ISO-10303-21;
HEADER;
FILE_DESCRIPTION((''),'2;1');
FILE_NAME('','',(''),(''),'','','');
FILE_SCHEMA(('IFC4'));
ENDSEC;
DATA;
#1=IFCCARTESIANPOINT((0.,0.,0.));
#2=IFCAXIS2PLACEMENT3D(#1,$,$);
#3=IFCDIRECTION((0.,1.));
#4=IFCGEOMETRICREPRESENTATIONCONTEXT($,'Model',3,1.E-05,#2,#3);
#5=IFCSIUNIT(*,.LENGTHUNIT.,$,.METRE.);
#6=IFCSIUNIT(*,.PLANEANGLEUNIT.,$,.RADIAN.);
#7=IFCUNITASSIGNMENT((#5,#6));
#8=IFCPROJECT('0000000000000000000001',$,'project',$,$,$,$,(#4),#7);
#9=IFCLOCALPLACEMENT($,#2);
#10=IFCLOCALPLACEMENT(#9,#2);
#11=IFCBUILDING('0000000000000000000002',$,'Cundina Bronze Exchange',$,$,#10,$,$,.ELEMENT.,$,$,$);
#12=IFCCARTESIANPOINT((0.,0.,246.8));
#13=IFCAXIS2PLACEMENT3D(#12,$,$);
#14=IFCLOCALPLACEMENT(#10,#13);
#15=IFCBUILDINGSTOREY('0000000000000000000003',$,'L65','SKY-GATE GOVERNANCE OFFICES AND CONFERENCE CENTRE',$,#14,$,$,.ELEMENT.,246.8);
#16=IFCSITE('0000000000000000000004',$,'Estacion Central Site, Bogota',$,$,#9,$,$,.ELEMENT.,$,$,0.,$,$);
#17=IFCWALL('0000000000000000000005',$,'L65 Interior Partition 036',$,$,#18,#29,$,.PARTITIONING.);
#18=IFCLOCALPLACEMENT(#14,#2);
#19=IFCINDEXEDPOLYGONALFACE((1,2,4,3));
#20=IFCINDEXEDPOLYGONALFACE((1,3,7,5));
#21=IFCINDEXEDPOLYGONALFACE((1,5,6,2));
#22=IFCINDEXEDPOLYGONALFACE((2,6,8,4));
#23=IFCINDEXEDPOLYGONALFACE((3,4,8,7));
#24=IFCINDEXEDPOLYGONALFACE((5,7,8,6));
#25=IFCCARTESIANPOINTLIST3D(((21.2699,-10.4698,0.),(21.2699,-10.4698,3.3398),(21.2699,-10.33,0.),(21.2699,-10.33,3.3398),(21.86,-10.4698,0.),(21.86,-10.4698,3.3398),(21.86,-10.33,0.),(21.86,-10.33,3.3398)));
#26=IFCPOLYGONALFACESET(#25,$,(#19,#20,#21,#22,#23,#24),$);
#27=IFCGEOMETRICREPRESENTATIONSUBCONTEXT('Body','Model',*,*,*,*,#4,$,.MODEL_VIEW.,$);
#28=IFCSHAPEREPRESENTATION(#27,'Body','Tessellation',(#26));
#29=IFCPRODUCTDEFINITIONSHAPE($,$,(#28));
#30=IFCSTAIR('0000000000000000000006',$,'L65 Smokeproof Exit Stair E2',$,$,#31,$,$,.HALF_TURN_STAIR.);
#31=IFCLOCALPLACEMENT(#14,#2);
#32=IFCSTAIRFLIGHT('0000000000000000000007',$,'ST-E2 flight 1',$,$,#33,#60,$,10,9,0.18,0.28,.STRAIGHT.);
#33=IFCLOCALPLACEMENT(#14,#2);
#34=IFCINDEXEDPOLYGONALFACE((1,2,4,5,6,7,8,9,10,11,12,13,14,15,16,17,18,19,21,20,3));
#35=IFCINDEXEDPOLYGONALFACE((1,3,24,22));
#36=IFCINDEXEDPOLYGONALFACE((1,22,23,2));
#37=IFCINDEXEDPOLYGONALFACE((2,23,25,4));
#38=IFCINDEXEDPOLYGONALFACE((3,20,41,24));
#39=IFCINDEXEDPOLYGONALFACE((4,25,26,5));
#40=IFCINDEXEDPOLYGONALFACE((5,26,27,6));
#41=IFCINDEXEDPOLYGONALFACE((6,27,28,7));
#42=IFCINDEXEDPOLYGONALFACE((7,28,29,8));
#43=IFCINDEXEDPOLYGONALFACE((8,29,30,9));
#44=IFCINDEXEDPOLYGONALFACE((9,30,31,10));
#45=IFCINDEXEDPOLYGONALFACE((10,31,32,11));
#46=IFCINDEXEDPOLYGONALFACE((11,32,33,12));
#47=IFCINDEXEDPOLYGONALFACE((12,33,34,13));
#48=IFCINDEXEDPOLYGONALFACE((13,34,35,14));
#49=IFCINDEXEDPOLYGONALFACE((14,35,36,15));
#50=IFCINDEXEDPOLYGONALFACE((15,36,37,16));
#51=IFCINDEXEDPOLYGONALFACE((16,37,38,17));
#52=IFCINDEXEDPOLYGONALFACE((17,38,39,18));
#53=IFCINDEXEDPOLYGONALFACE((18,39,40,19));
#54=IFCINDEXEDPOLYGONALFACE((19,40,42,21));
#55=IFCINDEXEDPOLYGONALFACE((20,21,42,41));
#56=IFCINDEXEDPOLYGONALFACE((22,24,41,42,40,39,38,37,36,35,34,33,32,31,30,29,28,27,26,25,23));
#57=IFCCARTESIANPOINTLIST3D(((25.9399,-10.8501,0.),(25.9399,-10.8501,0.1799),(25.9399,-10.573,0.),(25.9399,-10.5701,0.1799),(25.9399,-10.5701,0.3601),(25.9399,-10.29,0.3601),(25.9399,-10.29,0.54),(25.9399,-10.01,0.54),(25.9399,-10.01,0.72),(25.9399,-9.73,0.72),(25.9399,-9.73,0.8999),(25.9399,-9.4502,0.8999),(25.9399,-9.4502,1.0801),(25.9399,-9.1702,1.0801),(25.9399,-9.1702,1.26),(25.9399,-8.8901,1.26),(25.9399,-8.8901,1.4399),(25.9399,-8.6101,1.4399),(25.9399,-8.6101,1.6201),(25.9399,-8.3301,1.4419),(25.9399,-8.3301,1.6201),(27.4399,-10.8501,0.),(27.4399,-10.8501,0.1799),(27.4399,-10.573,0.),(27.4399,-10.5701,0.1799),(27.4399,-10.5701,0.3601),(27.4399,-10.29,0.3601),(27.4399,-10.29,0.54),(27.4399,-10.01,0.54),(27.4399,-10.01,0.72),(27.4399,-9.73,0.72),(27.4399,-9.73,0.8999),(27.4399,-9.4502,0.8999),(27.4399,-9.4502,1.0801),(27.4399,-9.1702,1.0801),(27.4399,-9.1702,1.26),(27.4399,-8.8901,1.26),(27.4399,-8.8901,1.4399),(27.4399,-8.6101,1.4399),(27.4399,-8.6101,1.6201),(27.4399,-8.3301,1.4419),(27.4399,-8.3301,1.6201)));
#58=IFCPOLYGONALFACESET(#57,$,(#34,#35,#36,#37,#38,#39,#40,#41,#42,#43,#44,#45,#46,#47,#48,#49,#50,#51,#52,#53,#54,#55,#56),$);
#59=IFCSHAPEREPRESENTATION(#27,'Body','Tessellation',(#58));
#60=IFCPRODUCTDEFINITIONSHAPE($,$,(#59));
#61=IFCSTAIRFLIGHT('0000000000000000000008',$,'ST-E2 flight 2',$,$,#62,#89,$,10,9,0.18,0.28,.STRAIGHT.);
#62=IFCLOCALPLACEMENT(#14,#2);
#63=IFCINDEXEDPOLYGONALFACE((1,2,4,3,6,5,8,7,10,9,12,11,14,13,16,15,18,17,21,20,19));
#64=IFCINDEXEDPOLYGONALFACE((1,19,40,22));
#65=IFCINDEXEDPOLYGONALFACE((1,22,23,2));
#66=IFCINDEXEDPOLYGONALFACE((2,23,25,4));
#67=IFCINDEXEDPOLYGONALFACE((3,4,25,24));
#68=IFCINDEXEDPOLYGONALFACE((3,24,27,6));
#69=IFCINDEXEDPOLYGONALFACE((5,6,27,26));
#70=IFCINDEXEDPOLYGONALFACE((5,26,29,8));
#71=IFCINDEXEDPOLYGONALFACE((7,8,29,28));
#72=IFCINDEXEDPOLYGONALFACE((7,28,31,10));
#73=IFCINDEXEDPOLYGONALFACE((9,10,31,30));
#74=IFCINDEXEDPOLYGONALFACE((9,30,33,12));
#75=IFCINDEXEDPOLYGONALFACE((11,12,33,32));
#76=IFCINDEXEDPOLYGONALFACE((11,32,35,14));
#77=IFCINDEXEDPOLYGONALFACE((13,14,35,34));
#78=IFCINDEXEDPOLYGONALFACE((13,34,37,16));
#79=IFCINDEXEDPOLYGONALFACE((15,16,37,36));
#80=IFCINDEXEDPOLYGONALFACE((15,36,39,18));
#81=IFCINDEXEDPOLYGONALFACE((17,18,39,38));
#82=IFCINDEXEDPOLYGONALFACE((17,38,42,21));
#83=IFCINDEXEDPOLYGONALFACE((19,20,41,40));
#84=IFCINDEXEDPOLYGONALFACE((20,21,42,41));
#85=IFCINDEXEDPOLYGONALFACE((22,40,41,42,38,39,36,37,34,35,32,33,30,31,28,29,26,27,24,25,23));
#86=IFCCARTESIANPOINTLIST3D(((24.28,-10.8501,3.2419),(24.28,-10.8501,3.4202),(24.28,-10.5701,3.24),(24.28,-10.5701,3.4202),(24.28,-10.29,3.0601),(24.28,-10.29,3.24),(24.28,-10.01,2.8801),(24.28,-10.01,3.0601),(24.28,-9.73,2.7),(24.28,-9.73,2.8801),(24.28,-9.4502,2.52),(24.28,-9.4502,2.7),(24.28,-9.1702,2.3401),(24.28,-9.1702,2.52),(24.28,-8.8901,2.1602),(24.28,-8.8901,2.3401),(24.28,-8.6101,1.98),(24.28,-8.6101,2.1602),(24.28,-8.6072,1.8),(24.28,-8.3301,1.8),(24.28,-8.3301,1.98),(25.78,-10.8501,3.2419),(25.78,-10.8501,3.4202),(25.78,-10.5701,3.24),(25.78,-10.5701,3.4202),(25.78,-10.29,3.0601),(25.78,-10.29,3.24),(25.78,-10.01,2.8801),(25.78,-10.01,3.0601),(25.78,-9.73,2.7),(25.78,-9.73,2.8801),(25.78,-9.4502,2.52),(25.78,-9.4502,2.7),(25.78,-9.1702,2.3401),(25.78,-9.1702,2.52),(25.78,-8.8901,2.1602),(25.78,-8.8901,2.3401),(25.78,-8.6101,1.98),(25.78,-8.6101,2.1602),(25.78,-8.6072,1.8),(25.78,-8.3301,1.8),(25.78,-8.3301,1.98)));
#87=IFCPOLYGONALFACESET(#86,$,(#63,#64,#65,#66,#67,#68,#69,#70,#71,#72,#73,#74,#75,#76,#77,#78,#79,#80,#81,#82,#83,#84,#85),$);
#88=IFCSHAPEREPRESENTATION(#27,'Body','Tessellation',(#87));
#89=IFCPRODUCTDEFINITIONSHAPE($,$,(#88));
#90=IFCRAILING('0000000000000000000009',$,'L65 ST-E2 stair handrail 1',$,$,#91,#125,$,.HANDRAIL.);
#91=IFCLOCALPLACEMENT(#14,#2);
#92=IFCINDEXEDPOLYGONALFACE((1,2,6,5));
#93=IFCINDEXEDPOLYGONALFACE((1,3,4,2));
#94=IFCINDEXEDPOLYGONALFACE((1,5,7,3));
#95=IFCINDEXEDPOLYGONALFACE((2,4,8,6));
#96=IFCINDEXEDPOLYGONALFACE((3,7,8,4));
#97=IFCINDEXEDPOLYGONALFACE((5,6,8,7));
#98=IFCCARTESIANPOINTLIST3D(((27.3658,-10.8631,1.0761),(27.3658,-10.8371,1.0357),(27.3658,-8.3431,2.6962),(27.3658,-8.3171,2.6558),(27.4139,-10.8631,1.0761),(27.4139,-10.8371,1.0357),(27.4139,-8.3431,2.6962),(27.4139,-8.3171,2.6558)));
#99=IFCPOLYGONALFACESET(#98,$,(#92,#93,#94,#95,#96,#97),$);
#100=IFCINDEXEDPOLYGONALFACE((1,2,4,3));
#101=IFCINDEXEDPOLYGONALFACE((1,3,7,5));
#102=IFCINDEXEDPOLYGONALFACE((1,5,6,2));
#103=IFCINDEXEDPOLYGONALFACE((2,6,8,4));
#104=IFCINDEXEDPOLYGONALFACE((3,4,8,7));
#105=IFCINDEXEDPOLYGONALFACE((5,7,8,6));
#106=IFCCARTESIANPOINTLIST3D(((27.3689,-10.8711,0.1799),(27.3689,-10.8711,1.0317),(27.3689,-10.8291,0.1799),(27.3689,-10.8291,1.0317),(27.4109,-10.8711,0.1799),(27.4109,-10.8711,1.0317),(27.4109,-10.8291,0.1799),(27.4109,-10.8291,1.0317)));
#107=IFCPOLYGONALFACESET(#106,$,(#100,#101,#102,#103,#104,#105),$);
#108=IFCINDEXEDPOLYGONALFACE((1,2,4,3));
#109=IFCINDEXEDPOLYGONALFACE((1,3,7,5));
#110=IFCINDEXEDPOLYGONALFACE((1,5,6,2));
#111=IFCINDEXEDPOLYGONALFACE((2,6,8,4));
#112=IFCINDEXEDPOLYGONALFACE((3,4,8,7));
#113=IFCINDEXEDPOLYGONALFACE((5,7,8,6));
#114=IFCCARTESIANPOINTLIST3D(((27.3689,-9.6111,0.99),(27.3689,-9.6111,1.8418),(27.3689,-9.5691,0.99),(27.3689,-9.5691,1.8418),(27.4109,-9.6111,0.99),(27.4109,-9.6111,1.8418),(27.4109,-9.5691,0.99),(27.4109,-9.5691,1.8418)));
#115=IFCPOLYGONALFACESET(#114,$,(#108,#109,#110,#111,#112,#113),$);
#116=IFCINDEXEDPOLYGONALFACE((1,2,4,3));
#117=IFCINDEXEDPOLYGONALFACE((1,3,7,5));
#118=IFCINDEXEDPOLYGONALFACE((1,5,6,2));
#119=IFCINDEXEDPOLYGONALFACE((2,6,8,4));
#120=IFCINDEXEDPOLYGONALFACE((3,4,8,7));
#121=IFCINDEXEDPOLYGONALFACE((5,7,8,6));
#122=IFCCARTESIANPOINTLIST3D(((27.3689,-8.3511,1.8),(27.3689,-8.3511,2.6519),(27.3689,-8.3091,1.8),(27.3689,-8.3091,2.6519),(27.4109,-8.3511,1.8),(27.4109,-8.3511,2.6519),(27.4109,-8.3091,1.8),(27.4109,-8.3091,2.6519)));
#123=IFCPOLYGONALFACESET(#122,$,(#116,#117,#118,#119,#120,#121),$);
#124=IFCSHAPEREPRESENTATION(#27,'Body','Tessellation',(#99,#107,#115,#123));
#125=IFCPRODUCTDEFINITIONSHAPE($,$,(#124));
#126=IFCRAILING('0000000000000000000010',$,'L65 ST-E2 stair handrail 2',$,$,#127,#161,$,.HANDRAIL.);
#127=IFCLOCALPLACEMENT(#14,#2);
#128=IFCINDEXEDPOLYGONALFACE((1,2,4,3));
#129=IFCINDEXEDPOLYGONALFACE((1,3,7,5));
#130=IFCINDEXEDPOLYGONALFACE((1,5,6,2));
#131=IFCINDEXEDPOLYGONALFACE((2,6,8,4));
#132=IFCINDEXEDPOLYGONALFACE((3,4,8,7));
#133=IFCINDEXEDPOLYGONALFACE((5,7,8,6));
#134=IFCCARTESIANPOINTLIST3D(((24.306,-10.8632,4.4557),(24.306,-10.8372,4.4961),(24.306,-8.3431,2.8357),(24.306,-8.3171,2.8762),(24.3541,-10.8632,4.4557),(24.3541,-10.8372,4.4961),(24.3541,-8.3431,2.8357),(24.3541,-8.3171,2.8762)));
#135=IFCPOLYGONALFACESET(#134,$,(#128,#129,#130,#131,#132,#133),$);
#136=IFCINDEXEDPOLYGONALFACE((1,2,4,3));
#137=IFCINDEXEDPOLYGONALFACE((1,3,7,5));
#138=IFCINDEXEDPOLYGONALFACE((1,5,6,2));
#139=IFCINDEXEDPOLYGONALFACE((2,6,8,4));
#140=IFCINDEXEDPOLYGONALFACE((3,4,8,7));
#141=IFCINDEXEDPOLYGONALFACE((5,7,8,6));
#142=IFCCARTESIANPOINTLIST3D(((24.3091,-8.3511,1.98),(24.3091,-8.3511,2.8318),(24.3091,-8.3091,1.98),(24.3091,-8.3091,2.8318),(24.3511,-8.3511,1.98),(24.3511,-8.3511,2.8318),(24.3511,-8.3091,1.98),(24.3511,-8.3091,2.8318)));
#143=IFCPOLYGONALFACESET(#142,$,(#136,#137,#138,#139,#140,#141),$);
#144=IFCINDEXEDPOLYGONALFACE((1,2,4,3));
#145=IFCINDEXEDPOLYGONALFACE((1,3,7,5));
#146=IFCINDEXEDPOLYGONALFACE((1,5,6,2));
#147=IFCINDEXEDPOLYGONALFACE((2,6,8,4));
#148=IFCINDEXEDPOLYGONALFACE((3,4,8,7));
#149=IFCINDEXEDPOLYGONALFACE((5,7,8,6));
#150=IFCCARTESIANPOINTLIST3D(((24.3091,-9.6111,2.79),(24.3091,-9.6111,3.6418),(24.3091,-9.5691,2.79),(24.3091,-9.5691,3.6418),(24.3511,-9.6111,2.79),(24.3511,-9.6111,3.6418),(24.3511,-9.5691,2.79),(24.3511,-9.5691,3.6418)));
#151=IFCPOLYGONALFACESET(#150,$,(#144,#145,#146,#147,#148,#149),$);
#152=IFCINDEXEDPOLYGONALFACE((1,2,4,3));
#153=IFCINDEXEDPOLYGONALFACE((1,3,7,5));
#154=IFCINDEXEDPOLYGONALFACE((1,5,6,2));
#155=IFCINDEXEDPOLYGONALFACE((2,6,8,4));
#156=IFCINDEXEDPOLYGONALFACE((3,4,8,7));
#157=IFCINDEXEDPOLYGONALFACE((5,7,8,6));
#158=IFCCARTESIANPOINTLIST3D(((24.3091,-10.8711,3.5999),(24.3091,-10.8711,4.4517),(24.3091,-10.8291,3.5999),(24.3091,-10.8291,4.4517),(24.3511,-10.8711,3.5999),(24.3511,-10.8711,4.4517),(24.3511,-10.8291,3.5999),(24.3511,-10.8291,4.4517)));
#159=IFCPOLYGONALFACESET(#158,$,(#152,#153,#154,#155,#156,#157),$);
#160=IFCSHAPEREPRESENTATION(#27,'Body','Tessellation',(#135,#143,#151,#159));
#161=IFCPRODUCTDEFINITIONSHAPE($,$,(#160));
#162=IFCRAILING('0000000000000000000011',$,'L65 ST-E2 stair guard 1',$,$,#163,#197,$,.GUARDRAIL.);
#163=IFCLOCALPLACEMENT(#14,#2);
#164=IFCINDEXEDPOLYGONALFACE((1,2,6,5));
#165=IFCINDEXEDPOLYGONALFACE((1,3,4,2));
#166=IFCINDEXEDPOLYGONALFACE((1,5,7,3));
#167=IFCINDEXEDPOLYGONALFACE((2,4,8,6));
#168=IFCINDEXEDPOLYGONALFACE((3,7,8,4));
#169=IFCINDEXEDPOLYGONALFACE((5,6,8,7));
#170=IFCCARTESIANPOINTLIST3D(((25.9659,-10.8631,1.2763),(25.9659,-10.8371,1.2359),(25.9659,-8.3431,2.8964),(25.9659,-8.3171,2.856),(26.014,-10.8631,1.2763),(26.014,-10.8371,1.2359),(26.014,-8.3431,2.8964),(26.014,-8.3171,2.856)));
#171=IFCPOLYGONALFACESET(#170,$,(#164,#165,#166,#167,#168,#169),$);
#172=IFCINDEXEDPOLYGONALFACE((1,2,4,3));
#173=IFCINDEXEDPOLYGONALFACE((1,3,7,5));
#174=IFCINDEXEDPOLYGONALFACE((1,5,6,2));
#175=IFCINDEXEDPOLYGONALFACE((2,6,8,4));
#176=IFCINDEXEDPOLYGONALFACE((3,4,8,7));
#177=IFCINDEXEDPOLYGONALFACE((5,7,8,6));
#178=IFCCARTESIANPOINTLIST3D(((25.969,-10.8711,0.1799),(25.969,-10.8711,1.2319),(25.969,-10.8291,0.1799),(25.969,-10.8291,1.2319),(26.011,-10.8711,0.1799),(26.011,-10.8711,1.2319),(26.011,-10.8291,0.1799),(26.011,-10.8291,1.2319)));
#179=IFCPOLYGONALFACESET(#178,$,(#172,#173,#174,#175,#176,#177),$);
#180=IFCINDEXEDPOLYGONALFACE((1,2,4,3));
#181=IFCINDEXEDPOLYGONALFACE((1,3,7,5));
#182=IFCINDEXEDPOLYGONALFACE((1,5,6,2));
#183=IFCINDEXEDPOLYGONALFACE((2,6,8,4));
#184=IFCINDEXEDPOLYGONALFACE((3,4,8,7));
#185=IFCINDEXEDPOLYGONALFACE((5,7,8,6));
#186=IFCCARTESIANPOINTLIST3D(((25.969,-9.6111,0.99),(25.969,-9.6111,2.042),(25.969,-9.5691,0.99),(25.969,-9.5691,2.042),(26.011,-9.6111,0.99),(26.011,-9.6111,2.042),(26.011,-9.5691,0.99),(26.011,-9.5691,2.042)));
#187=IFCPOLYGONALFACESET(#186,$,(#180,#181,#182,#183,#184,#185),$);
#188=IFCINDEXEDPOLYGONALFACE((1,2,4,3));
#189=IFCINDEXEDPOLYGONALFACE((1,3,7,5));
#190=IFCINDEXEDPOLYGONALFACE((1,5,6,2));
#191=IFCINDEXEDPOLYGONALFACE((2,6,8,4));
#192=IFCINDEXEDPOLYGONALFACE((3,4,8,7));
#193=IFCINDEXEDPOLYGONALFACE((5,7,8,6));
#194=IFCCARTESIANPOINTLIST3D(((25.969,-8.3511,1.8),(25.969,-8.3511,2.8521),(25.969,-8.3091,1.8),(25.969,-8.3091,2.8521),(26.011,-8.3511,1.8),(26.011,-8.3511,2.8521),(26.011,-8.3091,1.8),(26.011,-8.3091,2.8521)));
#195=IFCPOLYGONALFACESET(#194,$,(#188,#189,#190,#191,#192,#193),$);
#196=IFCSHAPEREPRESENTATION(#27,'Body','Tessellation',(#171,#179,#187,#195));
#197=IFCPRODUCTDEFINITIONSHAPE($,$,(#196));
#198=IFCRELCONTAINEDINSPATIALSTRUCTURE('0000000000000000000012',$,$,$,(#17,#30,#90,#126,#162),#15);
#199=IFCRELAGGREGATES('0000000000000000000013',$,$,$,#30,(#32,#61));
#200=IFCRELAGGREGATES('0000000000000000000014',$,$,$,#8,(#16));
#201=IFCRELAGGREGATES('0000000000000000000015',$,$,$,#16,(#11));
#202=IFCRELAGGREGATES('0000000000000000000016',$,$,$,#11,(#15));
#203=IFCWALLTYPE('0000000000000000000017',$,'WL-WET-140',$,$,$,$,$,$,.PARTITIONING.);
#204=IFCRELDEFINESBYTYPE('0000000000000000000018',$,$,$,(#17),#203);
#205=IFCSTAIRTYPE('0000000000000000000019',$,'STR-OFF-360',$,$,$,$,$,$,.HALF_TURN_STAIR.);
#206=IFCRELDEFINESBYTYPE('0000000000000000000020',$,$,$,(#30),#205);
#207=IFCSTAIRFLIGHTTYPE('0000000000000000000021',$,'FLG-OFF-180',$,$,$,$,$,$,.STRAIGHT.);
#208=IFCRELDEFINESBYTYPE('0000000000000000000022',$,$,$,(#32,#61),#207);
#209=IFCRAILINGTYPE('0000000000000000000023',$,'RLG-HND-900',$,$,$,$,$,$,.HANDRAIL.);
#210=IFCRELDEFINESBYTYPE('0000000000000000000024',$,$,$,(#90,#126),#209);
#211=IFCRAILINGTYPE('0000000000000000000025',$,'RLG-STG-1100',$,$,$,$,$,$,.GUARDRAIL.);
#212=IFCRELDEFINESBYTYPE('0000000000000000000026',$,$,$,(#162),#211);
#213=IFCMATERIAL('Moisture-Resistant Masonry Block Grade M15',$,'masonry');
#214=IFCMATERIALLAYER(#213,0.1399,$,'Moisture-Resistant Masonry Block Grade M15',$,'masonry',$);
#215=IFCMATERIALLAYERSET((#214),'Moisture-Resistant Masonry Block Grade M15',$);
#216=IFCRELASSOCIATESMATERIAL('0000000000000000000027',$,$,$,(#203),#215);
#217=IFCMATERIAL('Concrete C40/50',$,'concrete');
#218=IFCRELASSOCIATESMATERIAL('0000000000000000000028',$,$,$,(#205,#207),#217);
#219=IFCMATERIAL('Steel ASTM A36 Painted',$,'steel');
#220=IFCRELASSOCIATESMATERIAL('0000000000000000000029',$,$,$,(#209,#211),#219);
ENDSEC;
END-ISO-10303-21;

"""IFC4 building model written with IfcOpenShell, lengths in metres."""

from ifc_helpers import new_model, si_unit, direction, frame, frame_2d, origin, origin_2d, place, context, subcontext, project, spatial, polyline, rectangle, outline, extrude, material, layer, layer_set, type_object, element, aggregate, save


model = new_model("IFC4")

# Units and contexts
model_context = context("Model", 3, precision=1e-05, world=origin(), true_north=direction((0.0, 1.0)))
body_context = subcontext(model_context, "Body", "Model", "MODEL_VIEW")
ifc_project = project(units=[si_unit("LENGTHUNIT", "METRE"), si_unit("PLANEANGLEUNIT", "RADIAN")], contexts=[model_context])

# Site, building, storey
site_placement = place(None, origin())
site = spatial("IfcSite", under=ifc_project, at=site_placement, Name="Estacion Central Site, Bogota", CompositionType="ELEMENT", RefElevation=0.0)
building_placement = place(site_placement, origin())
building = spatial("IfcBuilding", under=site, at=building_placement, Name="Cundina Bronze Exchange", CompositionType="ELEMENT")
storey_placement = place(building_placement, frame((0.0, 0.0, 246.8)))
storey = spatial("IfcBuildingStorey", under=building, at=storey_placement, Name="L65", Description="SKY-GATE GOVERNANCE OFFICES AND CONFERENCE CENTRE", CompositionType="ELEMENT", Elevation=246.8)

# Shared definitions
ifc_material_1 = material(Name="Steel ASTM A36 Painted", Category="steel")

# Wall
ifc_material_2 = material(Name="Moisture-Resistant Masonry Block Grade M15", Category="masonry")
ifc_layer_1 = layer(ifc_material_2, 0.1399, Name="Moisture-Resistant Masonry Block Grade M15", Category="masonry")
ifc_layer_set_1 = layer_set([ifc_layer_1], Name="Moisture-Resistant Masonry Block Grade M15")
wall_type_1 = type_object("IfcWallType", Name="WL-WET-140", PredefinedType="PARTITIONING", material=ifc_layer_set_1)
wall_1_placement = place(storey_placement, frame((21.27, -10.3999, 0.0), z_axis=(0.0, 0.0, 1.0), x_axis=(1.0, 0.0, 0.0)))
element("IfcWall", 1, at=wall_1_placement, inside=storey, type_object=wall_type_1, Name="L65 Interior Partition 036", PredefinedType="PARTITIONING", context=body_context, shape_type="SweptSolid", body=[
    extrude(rectangle(XDim=0.5901, YDim=0.1399, at=frame_2d((0.2949, 0.0))), origin(), (0.0, 0.0, 1.0), 3.3398),
])

# Stair, stair flights
ifc_material_3 = material(Name="Concrete C40/50", Category="concrete")
stair_type = type_object("IfcStairType", Name="STR-OFF-360", PredefinedType="HALF_TURN_STAIR", material=ifc_material_3)
stair_placement = place(storey_placement, origin())
stair = element("IfcStair", 2, at=stair_placement, inside=storey, type_object=stair_type, Name="L65 Smokeproof Exit Stair E2", PredefinedType="HALF_TURN_STAIR")
stair_flight_type = type_object("IfcStairFlightType", Name="FLG-OFF-180", PredefinedType="STRAIGHT", material=ifc_material_3)
stair_flight_1_placement = place(storey_placement, frame((26.6899, -10.8501, 0.0), z_axis=(0.0, 0.0, 1.0), x_axis=(0.0, 1.0, 0.0)))
stair_flight_1 = element("IfcStairFlight", 3, at=stair_flight_1_placement, type_object=stair_flight_type, Name="ST-E2 flight 1", NumberOfRisers=10, NumberOfTreads=9, PredefinedType="STRAIGHT", RiserHeight=0.18, TreadLength=0.28, context=body_context, shape_type="SweptSolid", body=[
    extrude(outline(polyline([(0.0, 0.0), (0.0, 0.1799), (0.28, 0.1799), (0.28, 0.3601), (0.5601, 0.3601), (0.5601, 0.54), (0.8401, 0.54), (0.8401, 0.72), (1.1201, 0.72), (1.1201, 0.8999), (1.3999, 0.8999), (1.3999, 1.0801), (1.6799, 1.0801), (1.6799, 1.26), (1.96, 1.26), (1.96, 1.4399), (2.24, 1.4399), (2.24, 1.6201), (2.52, 1.6201), (2.52, 1.8), (2.52, 1.4419), (0.2771, 0.0), (0.0, 0.0)])), frame((0.0, 0.75, 0.0), z_axis=(0.0, -1.0, 0.0), x_axis=(1.0, 0.0, 0.0)), (0.0, 0.0, 1.0), 1.5),
])
stair_flight_2_placement = place(storey_placement, frame((25.03, -8.3301, 1.8), z_axis=(0.0, 0.0, 1.0), x_axis=(0.0, -1.0, 0.0)))
stair_flight_2 = element("IfcStairFlight", 4, at=stair_flight_2_placement, type_object=stair_flight_type, Name="ST-E2 flight 2", NumberOfRisers=10, NumberOfTreads=9, PredefinedType="STRAIGHT", RiserHeight=0.18, TreadLength=0.28, context=body_context, shape_type="SweptSolid", body=[
    extrude(outline(polyline([(0.0, 0.0), (0.0, 0.1799), (0.28, 0.1799), (0.28, 0.3601), (0.5601, 0.3601), (0.5601, 0.54), (0.8401, 0.54), (0.8401, 0.72), (1.1201, 0.72), (1.1201, 0.8999), (1.3999, 0.8999), (1.3999, 1.0801), (1.6799, 1.0801), (1.6799, 1.26), (1.96, 1.26), (1.96, 1.4399), (2.24, 1.4399), (2.24, 1.6201), (2.52, 1.6201), (2.52, 1.8), (2.52, 1.4419), (0.2771, 0.0), (0.0, 0.0)])), frame((0.0, 0.75, 0.0), z_axis=(0.0, -1.0, 0.0), x_axis=(1.0, 0.0, 0.0)), (0.0, 0.0, 1.0), 1.5),
])
aggregate(stair, [stair_flight_1, stair_flight_2])

# Railings
railing_type_1 = type_object("IfcRailingType", Name="RLG-HND-900", PredefinedType="HANDRAIL", material=ifc_material_1)
railing_1_placement = place(storey_placement, frame((27.3899, -10.8501, 0.1799)))
element("IfcRailing", 5, at=railing_1_placement, inside=storey, type_object=railing_type_1, Name="L65 ST-E2 stair handrail 1", PredefinedType="HANDRAIL", context=body_context, shape_type="SweptSolid", body=[
    extrude(rectangle(XDim=0.0481, YDim=0.0481, at=origin_2d()), frame((0.0, 0.0, 0.876), z_axis=(0.0, 0.841163, 0.540782), x_axis=(-1.0, 0.0, 0.0)), (0.0, 0.0, 1.0), 2.9958),
    extrude(rectangle(XDim=0.042, YDim=0.042, at=origin_2d()), origin(), (0.0, 0.0, 1.0), 0.8518),
    extrude(rectangle(XDim=0.042, YDim=0.042, at=origin_2d()), frame((0.0, 1.26, 0.8101)), (0.0, 0.0, 1.0), 0.8518),
    extrude(rectangle(XDim=0.042, YDim=0.042, at=origin_2d()), frame((0.0, 2.52, 1.6201)), (0.0, 0.0, 1.0), 0.8518),
])
railing_2_placement = place(storey_placement, frame((24.3301, -8.3301, 1.98)))
element("IfcRailing", 6, at=railing_2_placement, inside=storey, type_object=railing_type_1, Name="L65 ST-E2 stair handrail 2", PredefinedType="HANDRAIL", context=body_context, shape_type="SweptSolid", body=[
    extrude(rectangle(XDim=0.0481, YDim=0.0481, at=origin_2d()), frame((0.0, 0.0, 0.876), z_axis=(0.0, -0.8412, 0.540725), x_axis=(1.0, 0.0, 0.0)), (0.0, 0.0, 1.0), 2.9958),
    extrude(rectangle(XDim=0.042, YDim=0.042, at=origin_2d()), origin(), (0.0, 0.0, 1.0), 0.8518),
    extrude(rectangle(XDim=0.042, YDim=0.042, at=origin_2d()), frame((0.0, -1.26, 0.8101)), (0.0, 0.0, 1.0), 0.8518),
    extrude(rectangle(XDim=0.042, YDim=0.042, at=origin_2d()), frame((0.0, -2.52, 1.6199)), (0.0, 0.0, 1.0), 0.8518),
])
railing_type_2 = type_object("IfcRailingType", Name="RLG-STG-1100", PredefinedType="GUARDRAIL", material=ifc_material_1)
railing_3_placement = place(storey_placement, frame((25.99, -10.8501, 0.1799)))
element("IfcRailing", 7, at=railing_3_placement, inside=storey, type_object=railing_type_2, Name="L65 ST-E2 stair guard 1", PredefinedType="GUARDRAIL", context=body_context, shape_type="SweptSolid", body=[
    extrude(rectangle(XDim=0.0481, YDim=0.0481, at=origin_2d()), frame((0.0, 0.0, 1.0762), z_axis=(0.0, 0.841163, 0.540782), x_axis=(-1.0, 0.0, 0.0)), (0.0, 0.0, 1.0), 2.9958),
    extrude(rectangle(XDim=0.042, YDim=0.042, at=origin_2d()), origin(), (0.0, 0.0, 1.0), 1.052),
    extrude(rectangle(XDim=0.042, YDim=0.042, at=origin_2d()), frame((0.0, 1.26, 0.8101)), (0.0, 0.0, 1.0), 1.052),
    extrude(rectangle(XDim=0.042, YDim=0.042, at=origin_2d()), frame((0.0, 2.52, 1.6201)), (0.0, 0.0, 1.0), 1.052),
])

save(model, "model.ifc")
